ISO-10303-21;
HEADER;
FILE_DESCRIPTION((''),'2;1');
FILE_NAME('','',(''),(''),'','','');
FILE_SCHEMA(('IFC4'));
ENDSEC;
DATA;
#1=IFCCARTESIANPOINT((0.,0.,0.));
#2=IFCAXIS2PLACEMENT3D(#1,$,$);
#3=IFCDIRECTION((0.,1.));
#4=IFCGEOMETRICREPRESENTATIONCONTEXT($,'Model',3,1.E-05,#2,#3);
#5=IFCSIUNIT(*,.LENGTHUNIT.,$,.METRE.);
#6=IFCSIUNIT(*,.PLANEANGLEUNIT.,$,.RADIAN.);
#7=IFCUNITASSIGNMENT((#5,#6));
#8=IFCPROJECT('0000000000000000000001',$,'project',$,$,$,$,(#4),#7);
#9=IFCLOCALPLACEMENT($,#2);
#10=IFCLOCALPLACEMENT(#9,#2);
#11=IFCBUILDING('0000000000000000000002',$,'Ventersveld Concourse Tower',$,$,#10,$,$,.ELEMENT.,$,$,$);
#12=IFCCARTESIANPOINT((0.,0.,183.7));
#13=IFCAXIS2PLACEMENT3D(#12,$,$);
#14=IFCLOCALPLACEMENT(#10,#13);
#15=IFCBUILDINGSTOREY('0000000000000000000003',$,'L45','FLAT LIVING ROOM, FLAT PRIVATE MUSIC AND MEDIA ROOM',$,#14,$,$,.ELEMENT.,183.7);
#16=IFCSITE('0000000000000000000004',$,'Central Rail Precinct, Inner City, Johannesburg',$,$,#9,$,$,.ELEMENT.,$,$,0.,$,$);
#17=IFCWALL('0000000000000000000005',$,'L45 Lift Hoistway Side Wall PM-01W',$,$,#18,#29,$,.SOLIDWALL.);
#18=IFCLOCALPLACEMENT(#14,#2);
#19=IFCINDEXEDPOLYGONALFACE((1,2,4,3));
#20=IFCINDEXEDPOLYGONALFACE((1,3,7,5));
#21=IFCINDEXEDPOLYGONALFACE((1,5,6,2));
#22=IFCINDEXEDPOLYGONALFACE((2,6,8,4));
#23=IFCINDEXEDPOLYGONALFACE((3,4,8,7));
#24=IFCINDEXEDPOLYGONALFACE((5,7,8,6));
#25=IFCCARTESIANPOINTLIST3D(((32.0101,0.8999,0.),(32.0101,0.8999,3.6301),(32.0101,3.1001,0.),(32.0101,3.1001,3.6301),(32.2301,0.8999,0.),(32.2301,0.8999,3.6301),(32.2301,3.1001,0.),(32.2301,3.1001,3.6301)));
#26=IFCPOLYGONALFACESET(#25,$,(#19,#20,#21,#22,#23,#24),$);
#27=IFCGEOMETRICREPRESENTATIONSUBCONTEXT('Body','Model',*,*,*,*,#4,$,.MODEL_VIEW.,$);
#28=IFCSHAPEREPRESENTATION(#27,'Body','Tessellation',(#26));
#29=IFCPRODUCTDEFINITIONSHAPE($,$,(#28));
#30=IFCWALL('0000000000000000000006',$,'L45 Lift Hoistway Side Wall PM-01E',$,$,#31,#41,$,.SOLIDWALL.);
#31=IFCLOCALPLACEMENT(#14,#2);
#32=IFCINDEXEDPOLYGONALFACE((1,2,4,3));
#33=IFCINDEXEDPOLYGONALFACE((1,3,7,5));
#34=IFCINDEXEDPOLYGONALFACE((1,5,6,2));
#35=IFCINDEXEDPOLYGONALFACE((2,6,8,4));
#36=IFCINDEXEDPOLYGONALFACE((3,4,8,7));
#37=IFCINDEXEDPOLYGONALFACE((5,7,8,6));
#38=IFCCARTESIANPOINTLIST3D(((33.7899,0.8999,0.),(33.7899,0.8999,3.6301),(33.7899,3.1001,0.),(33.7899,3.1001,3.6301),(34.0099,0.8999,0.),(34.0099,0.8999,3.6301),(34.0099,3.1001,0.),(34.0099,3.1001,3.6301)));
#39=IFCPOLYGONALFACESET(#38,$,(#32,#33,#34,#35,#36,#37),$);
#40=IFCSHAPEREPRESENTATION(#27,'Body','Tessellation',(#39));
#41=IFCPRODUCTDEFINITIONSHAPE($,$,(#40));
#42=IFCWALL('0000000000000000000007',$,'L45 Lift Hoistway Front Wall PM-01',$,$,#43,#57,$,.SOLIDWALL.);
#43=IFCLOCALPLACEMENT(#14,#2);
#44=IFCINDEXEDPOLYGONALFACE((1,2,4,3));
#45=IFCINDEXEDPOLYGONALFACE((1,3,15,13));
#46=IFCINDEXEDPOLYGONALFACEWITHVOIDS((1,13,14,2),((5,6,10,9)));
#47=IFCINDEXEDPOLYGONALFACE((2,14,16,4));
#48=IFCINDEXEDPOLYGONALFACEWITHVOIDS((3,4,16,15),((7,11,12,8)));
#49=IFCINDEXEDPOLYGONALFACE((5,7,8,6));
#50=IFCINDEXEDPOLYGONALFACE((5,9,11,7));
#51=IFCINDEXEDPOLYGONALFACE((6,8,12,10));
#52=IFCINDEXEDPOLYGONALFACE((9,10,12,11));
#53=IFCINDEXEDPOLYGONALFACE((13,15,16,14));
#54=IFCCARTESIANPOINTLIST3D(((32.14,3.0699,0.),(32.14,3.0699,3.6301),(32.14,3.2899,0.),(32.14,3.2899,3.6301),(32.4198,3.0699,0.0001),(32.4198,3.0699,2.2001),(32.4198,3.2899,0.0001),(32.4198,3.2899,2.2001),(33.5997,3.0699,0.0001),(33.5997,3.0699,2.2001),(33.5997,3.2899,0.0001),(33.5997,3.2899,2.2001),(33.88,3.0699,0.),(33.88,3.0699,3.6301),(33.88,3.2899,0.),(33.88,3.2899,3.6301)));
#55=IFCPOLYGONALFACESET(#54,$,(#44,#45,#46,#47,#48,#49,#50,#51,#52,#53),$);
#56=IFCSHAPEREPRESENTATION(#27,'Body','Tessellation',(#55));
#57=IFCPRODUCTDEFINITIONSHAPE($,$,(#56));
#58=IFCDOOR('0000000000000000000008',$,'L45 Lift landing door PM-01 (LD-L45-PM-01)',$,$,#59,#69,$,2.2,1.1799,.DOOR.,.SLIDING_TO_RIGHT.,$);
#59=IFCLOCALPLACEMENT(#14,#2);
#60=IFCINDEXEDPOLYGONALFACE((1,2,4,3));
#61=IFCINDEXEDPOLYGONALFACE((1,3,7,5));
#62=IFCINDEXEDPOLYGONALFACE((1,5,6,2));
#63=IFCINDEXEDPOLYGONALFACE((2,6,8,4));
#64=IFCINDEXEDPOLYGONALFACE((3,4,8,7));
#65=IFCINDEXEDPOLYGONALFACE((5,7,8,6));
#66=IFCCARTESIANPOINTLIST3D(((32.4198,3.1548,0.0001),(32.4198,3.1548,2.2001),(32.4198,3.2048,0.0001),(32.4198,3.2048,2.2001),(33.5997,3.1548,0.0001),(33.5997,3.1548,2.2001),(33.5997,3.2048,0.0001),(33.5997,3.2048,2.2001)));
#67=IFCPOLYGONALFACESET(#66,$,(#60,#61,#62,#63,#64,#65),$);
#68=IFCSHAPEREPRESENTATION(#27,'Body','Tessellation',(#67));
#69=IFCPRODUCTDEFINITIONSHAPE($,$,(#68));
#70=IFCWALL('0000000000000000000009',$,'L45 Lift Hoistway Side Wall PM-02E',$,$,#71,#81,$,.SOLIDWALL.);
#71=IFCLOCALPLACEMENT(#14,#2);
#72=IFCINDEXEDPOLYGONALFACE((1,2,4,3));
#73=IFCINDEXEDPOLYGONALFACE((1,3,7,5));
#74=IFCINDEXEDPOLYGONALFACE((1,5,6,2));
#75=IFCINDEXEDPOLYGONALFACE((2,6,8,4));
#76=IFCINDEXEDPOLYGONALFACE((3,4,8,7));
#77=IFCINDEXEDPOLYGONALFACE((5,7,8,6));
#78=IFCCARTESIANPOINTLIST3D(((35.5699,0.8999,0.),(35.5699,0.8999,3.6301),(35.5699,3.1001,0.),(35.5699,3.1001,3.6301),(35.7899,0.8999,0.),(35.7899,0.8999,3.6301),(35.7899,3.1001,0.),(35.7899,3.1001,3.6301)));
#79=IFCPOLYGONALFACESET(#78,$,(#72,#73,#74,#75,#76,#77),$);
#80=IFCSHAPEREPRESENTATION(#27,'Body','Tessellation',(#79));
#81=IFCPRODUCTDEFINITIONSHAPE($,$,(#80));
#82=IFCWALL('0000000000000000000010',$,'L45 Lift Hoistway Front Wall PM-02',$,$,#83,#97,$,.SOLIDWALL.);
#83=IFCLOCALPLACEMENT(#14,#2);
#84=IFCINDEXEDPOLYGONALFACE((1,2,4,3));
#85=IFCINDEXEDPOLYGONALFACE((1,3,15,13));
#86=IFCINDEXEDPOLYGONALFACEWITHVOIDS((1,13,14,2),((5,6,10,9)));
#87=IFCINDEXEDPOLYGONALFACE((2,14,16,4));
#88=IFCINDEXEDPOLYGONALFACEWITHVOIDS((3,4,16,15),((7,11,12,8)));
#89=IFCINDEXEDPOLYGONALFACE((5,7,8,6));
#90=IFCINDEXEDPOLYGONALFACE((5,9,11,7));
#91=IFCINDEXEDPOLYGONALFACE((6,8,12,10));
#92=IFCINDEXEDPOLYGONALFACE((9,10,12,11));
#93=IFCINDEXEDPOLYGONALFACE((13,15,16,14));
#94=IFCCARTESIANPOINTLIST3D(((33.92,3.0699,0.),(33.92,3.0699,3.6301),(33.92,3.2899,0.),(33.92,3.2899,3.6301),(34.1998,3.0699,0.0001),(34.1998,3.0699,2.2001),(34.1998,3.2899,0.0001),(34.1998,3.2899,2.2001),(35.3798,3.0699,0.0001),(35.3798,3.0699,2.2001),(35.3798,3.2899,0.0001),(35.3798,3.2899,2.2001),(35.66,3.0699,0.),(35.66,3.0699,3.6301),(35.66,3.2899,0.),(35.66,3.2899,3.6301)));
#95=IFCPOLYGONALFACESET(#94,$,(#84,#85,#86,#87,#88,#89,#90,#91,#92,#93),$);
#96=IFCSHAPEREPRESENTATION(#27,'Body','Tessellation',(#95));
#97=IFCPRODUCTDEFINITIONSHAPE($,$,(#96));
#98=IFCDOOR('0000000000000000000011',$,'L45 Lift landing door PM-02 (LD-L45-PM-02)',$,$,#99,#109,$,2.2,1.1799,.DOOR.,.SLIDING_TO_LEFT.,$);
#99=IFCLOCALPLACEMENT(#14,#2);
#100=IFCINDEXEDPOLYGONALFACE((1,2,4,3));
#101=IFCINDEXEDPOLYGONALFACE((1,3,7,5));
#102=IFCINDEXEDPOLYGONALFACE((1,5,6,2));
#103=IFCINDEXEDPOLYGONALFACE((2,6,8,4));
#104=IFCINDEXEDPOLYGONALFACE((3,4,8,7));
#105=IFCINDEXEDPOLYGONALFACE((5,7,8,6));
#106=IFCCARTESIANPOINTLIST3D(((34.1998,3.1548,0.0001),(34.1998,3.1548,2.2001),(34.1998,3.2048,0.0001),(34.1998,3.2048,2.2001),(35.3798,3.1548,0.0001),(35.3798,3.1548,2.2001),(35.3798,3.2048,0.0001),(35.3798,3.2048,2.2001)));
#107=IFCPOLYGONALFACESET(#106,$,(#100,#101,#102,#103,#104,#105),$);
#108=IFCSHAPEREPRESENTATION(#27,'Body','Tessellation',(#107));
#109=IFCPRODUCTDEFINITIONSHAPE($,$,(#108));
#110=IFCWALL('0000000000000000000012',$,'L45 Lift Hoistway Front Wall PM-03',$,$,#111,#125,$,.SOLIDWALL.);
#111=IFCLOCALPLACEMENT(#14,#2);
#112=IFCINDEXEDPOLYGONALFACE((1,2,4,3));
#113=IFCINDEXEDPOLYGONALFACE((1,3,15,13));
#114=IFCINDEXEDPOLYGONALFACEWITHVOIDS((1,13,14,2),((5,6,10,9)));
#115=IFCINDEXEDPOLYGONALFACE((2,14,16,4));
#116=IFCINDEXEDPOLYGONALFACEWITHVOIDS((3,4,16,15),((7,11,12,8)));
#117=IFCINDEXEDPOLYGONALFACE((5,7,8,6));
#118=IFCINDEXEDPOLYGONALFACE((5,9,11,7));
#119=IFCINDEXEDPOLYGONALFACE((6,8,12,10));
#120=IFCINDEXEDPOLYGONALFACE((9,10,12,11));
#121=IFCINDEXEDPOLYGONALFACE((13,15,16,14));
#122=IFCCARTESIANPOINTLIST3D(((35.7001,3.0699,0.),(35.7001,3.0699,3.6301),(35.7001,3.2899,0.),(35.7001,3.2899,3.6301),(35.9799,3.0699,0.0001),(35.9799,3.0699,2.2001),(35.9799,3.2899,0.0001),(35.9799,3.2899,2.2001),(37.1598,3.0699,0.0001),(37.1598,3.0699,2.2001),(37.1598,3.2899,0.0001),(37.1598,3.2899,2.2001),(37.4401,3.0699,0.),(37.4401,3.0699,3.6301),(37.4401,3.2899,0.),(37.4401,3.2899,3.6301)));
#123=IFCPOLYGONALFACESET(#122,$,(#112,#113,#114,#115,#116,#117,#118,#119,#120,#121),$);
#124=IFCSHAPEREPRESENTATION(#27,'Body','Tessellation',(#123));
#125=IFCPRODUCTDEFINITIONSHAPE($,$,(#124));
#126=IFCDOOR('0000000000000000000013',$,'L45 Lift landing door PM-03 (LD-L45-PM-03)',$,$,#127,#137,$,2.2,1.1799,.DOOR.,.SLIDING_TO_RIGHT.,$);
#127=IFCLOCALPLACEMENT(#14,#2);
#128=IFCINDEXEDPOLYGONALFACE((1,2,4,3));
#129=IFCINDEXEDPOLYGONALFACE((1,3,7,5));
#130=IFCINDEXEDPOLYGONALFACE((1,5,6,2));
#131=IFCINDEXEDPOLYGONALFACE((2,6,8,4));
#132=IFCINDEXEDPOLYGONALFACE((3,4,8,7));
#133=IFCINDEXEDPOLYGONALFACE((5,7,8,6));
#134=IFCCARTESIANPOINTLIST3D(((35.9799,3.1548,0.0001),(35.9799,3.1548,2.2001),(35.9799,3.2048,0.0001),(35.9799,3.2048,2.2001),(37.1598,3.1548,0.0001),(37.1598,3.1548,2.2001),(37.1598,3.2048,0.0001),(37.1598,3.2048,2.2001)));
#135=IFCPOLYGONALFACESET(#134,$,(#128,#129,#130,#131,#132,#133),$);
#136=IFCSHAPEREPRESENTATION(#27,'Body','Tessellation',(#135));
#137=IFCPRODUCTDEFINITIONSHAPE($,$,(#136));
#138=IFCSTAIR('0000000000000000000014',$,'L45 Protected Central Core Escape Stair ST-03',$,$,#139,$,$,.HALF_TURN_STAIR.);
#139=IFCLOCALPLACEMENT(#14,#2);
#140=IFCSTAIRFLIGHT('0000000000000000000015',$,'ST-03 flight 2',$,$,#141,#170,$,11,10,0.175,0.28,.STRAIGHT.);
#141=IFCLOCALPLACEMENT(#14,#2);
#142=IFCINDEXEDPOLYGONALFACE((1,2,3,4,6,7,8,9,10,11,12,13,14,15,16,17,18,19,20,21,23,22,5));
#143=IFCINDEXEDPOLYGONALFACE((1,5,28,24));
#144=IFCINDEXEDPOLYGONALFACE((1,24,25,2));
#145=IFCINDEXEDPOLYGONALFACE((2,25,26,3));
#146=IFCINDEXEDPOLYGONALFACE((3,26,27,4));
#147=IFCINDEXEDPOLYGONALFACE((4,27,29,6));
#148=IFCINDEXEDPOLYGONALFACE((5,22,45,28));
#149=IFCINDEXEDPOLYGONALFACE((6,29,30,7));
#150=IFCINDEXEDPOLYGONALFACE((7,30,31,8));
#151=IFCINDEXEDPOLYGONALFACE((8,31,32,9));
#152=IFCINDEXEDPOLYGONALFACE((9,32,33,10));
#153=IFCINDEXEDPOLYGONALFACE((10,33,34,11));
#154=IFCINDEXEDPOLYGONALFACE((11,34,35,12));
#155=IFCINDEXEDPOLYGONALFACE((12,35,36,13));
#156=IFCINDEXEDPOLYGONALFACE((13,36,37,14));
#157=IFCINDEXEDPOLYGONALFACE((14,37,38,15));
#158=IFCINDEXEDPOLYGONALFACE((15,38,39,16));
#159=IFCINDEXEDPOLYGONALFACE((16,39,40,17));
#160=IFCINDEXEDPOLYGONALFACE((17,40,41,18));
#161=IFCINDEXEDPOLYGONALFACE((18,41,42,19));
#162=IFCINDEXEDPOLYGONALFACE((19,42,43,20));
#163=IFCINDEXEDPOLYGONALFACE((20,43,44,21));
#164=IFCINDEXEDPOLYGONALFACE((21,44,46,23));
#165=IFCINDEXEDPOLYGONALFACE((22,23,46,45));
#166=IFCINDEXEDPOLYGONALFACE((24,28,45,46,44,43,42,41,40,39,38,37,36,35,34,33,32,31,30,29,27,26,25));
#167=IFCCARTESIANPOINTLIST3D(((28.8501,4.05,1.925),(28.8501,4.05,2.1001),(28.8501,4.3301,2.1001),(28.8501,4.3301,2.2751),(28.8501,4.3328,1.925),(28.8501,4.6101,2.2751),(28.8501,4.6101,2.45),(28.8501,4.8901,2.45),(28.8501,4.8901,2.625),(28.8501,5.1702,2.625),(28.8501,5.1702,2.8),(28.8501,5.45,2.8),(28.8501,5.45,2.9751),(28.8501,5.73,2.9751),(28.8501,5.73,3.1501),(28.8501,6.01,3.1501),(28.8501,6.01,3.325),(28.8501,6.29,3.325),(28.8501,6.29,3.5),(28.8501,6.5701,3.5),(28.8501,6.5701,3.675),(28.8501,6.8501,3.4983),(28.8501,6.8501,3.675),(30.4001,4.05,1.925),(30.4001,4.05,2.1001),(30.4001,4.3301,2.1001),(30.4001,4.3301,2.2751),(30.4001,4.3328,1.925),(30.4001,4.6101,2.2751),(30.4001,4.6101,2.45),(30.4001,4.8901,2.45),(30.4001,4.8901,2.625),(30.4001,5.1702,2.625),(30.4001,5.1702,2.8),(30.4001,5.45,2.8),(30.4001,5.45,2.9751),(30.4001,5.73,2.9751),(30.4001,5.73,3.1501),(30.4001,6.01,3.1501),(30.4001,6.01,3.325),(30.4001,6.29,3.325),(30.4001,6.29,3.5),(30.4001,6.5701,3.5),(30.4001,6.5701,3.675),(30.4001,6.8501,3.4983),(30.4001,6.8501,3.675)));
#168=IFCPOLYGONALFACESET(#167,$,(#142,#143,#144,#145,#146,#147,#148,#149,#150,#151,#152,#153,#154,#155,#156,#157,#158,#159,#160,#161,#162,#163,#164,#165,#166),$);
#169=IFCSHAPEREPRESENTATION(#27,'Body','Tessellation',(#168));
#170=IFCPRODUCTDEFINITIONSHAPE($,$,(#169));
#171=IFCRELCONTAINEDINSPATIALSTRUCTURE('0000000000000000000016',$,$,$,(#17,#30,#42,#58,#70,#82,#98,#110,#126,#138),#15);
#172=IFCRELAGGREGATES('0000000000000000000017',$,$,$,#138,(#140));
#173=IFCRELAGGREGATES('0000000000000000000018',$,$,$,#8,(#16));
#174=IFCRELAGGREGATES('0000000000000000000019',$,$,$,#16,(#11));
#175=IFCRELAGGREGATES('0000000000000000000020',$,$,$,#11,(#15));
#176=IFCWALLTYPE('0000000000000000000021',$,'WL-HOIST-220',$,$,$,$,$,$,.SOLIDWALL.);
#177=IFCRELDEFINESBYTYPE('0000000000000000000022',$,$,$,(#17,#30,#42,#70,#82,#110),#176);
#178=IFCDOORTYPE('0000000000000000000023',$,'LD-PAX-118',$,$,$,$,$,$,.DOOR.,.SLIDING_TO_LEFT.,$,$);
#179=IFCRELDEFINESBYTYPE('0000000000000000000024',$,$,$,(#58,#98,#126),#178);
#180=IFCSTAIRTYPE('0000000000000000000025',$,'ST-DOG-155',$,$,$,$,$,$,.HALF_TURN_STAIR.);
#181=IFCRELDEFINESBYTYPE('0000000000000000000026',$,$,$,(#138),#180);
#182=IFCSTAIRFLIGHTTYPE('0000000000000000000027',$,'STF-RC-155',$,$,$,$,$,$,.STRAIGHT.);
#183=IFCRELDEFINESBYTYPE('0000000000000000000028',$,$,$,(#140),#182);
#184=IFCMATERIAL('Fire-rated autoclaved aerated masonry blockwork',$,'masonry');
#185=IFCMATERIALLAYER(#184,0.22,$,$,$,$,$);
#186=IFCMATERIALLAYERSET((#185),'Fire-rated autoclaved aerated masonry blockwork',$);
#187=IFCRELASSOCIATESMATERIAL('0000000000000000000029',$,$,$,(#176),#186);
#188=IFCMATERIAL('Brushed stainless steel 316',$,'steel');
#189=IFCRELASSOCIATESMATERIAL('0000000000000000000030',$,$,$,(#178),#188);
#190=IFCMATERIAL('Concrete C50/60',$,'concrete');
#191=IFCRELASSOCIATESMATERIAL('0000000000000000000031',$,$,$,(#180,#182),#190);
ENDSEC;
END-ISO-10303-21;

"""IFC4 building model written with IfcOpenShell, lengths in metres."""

from ifc_helpers import new_model, si_unit, direction, frame, frame_2d, origin, place, context, subcontext, project, spatial, polyline, rectangle, outline, extrude, material, layer, layer_set, type_object, element, fill, aggregate, save


model = new_model("IFC4")

# Units and contexts
model_context = context("Model", 3, precision=1e-05, world=origin(), true_north=direction((0.0, 1.0)))
body_context = subcontext(model_context, "Body", "Model", "MODEL_VIEW")
ifc_project = project(units=[si_unit("LENGTHUNIT", "METRE"), si_unit("PLANEANGLEUNIT", "RADIAN")], contexts=[model_context])

# Site, building, storey
site_placement = place(None, origin())
site = spatial("IfcSite", under=ifc_project, at=site_placement, Name="Central Rail Precinct, Inner City, Johannesburg", CompositionType="ELEMENT", RefElevation=0.0)
building_placement = place(site_placement, origin())
building = spatial("IfcBuilding", under=site, at=building_placement, Name="Ventersveld Concourse Tower", CompositionType="ELEMENT")
storey_placement = place(building_placement, frame((0.0, 0.0, 183.7)))
storey = spatial("IfcBuildingStorey", under=building, at=storey_placement, Name="L45", Description="FLAT LIVING ROOM, FLAT PRIVATE MUSIC AND MEDIA ROOM", CompositionType="ELEMENT", Elevation=183.7)

# Shared definitions
ifc_material_1 = material(Name="Concrete C50/60", Category="concrete")

# Walls
ifc_material_2 = material(Name="Fire-rated autoclaved aerated masonry blockwork", Category="masonry")
ifc_layer_1 = layer(ifc_material_2, 0.22)
ifc_layer_set_1 = layer_set([ifc_layer_1], Name="Fire-rated autoclaved aerated masonry blockwork")
wall_type_1 = type_object("IfcWallType", Name="WL-HOIST-220", PredefinedType="SOLIDWALL", material=ifc_layer_set_1)
for number, where, z_axis, x_axis, name in (
    (1, (32.1201, 0.8999, 0.0), (0.0, 0.0, 1.0), (0.0, 1.0, 0.0), "L45 Lift Hoistway Side Wall PM-01W"),
    (2, (33.8999, 0.8999, 0.0), (0.0, 0.0, 1.0), (0.0, 1.0, 0.0), "L45 Lift Hoistway Side Wall PM-01E"),
):
    element("IfcWall", number, at=place(storey_placement, frame(where, z_axis=z_axis, x_axis=x_axis)), inside=storey, type_object=wall_type_1, Name=name, PredefinedType="SOLIDWALL", context=body_context, shape_type="SweptSolid", body=[
        extrude(rectangle(XDim=2.2002, YDim=0.22, at=frame_2d((1.1001, 0.0))), origin(), (0.0, 0.0, 1.0), 3.6301),
    ])

# Wall, opening, door
wall_1_placement = place(storey_placement, frame((32.1399, 3.1799, 0.0), z_axis=(0.0, 0.0, 1.0), x_axis=(1.0, 0.0, 0.0)))
wall_1 = element("IfcWall", 3, at=wall_1_placement, inside=storey, type_object=wall_type_1, Name="L45 Lift Hoistway Front Wall PM-01", PredefinedType="SOLIDWALL", context=body_context, shape_type="SweptSolid", body=[
    extrude(rectangle(XDim=1.74, YDim=0.22, at=frame_2d((0.8701, 0.0))), origin(), (0.0, 0.0, 1.0), 3.6301),
])
opening_1_placement = place(wall_1_placement, frame((0.28, 0.0, 0.0)))
opening_1 = element("IfcOpeningElement", 4, at=opening_1_placement, cuts=wall_1, PredefinedType="OPENING", context=body_context, shape_type="SweptSolid", body=[
    extrude(rectangle(XDim=1.1799, YDim=2.2, at=frame_2d((0.5898, 1.1001))), frame((0.0, 0.1201, 0.0), z_axis=(0.0, -1.0, 0.0), x_axis=(1.0, 0.0, 0.0)), (0.0, 0.0, 1.0), 0.24),
])
ifc_material_3 = material(Name="Brushed stainless steel 316", Category="steel")
door_type = type_object("IfcDoorType", Name="LD-PAX-118", OperationType="SLIDING_TO_LEFT", PredefinedType="DOOR", material=ifc_material_3)
door_1_placement = place(opening_1_placement, origin())
door_1 = element("IfcDoor", 5, at=door_1_placement, inside=storey, type_object=door_type, Name="L45 Lift landing door PM-01 (LD-L45-PM-01)", OperationType="SLIDING_TO_RIGHT", OverallHeight=2.2, OverallWidth=1.1799, PredefinedType="DOOR", context=body_context, shape_type="SweptSolid", body=[
    extrude(rectangle(XDim=1.1799, YDim=2.2, at=frame_2d((0.5898, 1.1001))), frame((0.0, 0.0249, 0.0), z_axis=(0.0, -1.0, 0.0), x_axis=(1.0, 0.0, 0.0)), (0.0, 0.0, 1.0), 0.05),
])
fill(opening_1, door_1)

# Wall
wall_2_placement = place(storey_placement, frame((35.6799, 0.8999, 0.0), z_axis=(0.0, 0.0, 1.0), x_axis=(0.0, 1.0, 0.0)))
element("IfcWall", 6, at=wall_2_placement, inside=storey, type_object=wall_type_1, Name="L45 Lift Hoistway Side Wall PM-02E", PredefinedType="SOLIDWALL", context=body_context, shape_type="SweptSolid", body=[
    extrude(rectangle(XDim=2.2002, YDim=0.22, at=frame_2d((1.1001, 0.0))), origin(), (0.0, 0.0, 1.0), 3.6301),
])

# Walls, openings, doors
wall_3_placement = place(storey_placement, frame((33.9199, 3.1799, 0.0), z_axis=(0.0, 0.0, 1.0), x_axis=(1.0, 0.0, 0.0)))
wall_3 = element("IfcWall", 7, at=wall_3_placement, inside=storey, type_object=wall_type_1, Name="L45 Lift Hoistway Front Wall PM-02", PredefinedType="SOLIDWALL", context=body_context, shape_type="SweptSolid", body=[
    extrude(rectangle(XDim=1.74, YDim=0.22, at=frame_2d((0.8701, 0.0))), origin(), (0.0, 0.0, 1.0), 3.6301),
])
opening_2_placement = place(wall_3_placement, frame((0.28, 0.0, 0.0)))
opening_2 = element("IfcOpeningElement", 8, at=opening_2_placement, cuts=wall_3, PredefinedType="OPENING", context=body_context, shape_type="SweptSolid", body=[
    extrude(rectangle(XDim=1.1799, YDim=2.2, at=frame_2d((0.5898, 1.1001))), frame((0.0, 0.1201, 0.0), z_axis=(0.0, -1.0, 0.0), x_axis=(1.0, 0.0, 0.0)), (0.0, 0.0, 1.0), 0.24),
])
door_2_placement = place(opening_2_placement, origin())
door_2 = element("IfcDoor", 9, at=door_2_placement, inside=storey, type_object=door_type, Name="L45 Lift landing door PM-02 (LD-L45-PM-02)", OperationType="SLIDING_TO_LEFT", OverallHeight=2.2, OverallWidth=1.1799, PredefinedType="DOOR", context=body_context, shape_type="SweptSolid", body=[
    extrude(rectangle(XDim=1.1799, YDim=2.2, at=frame_2d((0.5898, 1.1001))), frame((0.0, 0.0249, 0.0), z_axis=(0.0, -1.0, 0.0), x_axis=(1.0, 0.0, 0.0)), (0.0, 0.0, 1.0), 0.05),
])
fill(opening_2, door_2)
wall_4_placement = place(storey_placement, frame((35.7, 3.1799, 0.0), z_axis=(0.0, 0.0, 1.0), x_axis=(1.0, 0.0, 0.0)))
wall_4 = element("IfcWall", 10, at=wall_4_placement, inside=storey, type_object=wall_type_1, Name="L45 Lift Hoistway Front Wall PM-03", PredefinedType="SOLIDWALL", context=body_context, shape_type="SweptSolid", body=[
    extrude(rectangle(XDim=1.74, YDim=0.22, at=frame_2d((0.8701, 0.0))), origin(), (0.0, 0.0, 1.0), 3.6301),
])
opening_3_placement = place(wall_4_placement, frame((0.28, 0.0, 0.0)))
opening_3 = element("IfcOpeningElement", 11, at=opening_3_placement, cuts=wall_4, PredefinedType="OPENING", context=body_context, shape_type="SweptSolid", body=[
    extrude(rectangle(XDim=1.1799, YDim=2.2, at=frame_2d((0.5898, 1.1001))), frame((0.0, 0.1201, 0.0), z_axis=(0.0, -1.0, 0.0), x_axis=(1.0, 0.0, 0.0)), (0.0, 0.0, 1.0), 0.24),
])
door_3_placement = place(opening_3_placement, origin())
door_3 = element("IfcDoor", 12, at=door_3_placement, inside=storey, type_object=door_type, Name="L45 Lift landing door PM-03 (LD-L45-PM-03)", OperationType="SLIDING_TO_RIGHT", OverallHeight=2.2, OverallWidth=1.1799, PredefinedType="DOOR", context=body_context, shape_type="SweptSolid", body=[
    extrude(rectangle(XDim=1.1799, YDim=2.2, at=frame_2d((0.5898, 1.1001))), frame((0.0, 0.0249, 0.0), z_axis=(0.0, -1.0, 0.0), x_axis=(1.0, 0.0, 0.0)), (0.0, 0.0, 1.0), 0.05),
])
fill(opening_3, door_3)

# Stair, stair flight
stair_type = type_object("IfcStairType", Name="ST-DOG-155", PredefinedType="HALF_TURN_STAIR", material=ifc_material_1)
stair_placement = place(storey_placement, origin())
stair = element("IfcStair", 13, at=stair_placement, inside=storey, type_object=stair_type, Name="L45 Protected Central Core Escape Stair ST-03", PredefinedType="HALF_TURN_STAIR")
stair_flight_type = type_object("IfcStairFlightType", Name="STF-RC-155", PredefinedType="STRAIGHT", material=ifc_material_1)
stair_flight_placement = place(storey_placement, frame((29.625, 4.05, 1.925), z_axis=(0.0, 0.0, 1.0), x_axis=(0.0, 1.0, 0.0)))
stair_flight = element("IfcStairFlight", 14, at=stair_flight_placement, type_object=stair_flight_type, Name="ST-03 flight 2", NumberOfRisers=11, NumberOfTreads=10, PredefinedType="STRAIGHT", RiserHeight=0.175, TreadLength=0.28, context=body_context, shape_type="SweptSolid", body=[
    extrude(outline(polyline([(0.0, 0.0), (0.0, 0.175), (0.28, 0.175), (0.28, 0.3501), (0.5601, 0.3501), (0.5601, 0.5249), (0.8401, 0.5249), (0.8401, 0.7), (1.1201, 0.7), (1.1201, 0.875), (1.3999, 0.875), (1.3999, 1.05), (1.6799, 1.05), (1.6799, 1.2251), (1.96, 1.2251), (1.96, 1.3999), (2.24, 1.3999), (2.24, 1.575), (2.52, 1.575), (2.52, 1.75), (2.8, 1.75), (2.8, 1.925), (2.8, 1.5732), (0.2827, 0.0), (0.0, 0.0)])), frame((0.0, 0.7749, 0.0), z_axis=(0.0, -1.0, 0.0), x_axis=(1.0, 0.0, 0.0)), (0.0, 0.0, 1.0), 1.55),
])
aggregate(stair, [stair_flight])

save(model, "model.ifc")
